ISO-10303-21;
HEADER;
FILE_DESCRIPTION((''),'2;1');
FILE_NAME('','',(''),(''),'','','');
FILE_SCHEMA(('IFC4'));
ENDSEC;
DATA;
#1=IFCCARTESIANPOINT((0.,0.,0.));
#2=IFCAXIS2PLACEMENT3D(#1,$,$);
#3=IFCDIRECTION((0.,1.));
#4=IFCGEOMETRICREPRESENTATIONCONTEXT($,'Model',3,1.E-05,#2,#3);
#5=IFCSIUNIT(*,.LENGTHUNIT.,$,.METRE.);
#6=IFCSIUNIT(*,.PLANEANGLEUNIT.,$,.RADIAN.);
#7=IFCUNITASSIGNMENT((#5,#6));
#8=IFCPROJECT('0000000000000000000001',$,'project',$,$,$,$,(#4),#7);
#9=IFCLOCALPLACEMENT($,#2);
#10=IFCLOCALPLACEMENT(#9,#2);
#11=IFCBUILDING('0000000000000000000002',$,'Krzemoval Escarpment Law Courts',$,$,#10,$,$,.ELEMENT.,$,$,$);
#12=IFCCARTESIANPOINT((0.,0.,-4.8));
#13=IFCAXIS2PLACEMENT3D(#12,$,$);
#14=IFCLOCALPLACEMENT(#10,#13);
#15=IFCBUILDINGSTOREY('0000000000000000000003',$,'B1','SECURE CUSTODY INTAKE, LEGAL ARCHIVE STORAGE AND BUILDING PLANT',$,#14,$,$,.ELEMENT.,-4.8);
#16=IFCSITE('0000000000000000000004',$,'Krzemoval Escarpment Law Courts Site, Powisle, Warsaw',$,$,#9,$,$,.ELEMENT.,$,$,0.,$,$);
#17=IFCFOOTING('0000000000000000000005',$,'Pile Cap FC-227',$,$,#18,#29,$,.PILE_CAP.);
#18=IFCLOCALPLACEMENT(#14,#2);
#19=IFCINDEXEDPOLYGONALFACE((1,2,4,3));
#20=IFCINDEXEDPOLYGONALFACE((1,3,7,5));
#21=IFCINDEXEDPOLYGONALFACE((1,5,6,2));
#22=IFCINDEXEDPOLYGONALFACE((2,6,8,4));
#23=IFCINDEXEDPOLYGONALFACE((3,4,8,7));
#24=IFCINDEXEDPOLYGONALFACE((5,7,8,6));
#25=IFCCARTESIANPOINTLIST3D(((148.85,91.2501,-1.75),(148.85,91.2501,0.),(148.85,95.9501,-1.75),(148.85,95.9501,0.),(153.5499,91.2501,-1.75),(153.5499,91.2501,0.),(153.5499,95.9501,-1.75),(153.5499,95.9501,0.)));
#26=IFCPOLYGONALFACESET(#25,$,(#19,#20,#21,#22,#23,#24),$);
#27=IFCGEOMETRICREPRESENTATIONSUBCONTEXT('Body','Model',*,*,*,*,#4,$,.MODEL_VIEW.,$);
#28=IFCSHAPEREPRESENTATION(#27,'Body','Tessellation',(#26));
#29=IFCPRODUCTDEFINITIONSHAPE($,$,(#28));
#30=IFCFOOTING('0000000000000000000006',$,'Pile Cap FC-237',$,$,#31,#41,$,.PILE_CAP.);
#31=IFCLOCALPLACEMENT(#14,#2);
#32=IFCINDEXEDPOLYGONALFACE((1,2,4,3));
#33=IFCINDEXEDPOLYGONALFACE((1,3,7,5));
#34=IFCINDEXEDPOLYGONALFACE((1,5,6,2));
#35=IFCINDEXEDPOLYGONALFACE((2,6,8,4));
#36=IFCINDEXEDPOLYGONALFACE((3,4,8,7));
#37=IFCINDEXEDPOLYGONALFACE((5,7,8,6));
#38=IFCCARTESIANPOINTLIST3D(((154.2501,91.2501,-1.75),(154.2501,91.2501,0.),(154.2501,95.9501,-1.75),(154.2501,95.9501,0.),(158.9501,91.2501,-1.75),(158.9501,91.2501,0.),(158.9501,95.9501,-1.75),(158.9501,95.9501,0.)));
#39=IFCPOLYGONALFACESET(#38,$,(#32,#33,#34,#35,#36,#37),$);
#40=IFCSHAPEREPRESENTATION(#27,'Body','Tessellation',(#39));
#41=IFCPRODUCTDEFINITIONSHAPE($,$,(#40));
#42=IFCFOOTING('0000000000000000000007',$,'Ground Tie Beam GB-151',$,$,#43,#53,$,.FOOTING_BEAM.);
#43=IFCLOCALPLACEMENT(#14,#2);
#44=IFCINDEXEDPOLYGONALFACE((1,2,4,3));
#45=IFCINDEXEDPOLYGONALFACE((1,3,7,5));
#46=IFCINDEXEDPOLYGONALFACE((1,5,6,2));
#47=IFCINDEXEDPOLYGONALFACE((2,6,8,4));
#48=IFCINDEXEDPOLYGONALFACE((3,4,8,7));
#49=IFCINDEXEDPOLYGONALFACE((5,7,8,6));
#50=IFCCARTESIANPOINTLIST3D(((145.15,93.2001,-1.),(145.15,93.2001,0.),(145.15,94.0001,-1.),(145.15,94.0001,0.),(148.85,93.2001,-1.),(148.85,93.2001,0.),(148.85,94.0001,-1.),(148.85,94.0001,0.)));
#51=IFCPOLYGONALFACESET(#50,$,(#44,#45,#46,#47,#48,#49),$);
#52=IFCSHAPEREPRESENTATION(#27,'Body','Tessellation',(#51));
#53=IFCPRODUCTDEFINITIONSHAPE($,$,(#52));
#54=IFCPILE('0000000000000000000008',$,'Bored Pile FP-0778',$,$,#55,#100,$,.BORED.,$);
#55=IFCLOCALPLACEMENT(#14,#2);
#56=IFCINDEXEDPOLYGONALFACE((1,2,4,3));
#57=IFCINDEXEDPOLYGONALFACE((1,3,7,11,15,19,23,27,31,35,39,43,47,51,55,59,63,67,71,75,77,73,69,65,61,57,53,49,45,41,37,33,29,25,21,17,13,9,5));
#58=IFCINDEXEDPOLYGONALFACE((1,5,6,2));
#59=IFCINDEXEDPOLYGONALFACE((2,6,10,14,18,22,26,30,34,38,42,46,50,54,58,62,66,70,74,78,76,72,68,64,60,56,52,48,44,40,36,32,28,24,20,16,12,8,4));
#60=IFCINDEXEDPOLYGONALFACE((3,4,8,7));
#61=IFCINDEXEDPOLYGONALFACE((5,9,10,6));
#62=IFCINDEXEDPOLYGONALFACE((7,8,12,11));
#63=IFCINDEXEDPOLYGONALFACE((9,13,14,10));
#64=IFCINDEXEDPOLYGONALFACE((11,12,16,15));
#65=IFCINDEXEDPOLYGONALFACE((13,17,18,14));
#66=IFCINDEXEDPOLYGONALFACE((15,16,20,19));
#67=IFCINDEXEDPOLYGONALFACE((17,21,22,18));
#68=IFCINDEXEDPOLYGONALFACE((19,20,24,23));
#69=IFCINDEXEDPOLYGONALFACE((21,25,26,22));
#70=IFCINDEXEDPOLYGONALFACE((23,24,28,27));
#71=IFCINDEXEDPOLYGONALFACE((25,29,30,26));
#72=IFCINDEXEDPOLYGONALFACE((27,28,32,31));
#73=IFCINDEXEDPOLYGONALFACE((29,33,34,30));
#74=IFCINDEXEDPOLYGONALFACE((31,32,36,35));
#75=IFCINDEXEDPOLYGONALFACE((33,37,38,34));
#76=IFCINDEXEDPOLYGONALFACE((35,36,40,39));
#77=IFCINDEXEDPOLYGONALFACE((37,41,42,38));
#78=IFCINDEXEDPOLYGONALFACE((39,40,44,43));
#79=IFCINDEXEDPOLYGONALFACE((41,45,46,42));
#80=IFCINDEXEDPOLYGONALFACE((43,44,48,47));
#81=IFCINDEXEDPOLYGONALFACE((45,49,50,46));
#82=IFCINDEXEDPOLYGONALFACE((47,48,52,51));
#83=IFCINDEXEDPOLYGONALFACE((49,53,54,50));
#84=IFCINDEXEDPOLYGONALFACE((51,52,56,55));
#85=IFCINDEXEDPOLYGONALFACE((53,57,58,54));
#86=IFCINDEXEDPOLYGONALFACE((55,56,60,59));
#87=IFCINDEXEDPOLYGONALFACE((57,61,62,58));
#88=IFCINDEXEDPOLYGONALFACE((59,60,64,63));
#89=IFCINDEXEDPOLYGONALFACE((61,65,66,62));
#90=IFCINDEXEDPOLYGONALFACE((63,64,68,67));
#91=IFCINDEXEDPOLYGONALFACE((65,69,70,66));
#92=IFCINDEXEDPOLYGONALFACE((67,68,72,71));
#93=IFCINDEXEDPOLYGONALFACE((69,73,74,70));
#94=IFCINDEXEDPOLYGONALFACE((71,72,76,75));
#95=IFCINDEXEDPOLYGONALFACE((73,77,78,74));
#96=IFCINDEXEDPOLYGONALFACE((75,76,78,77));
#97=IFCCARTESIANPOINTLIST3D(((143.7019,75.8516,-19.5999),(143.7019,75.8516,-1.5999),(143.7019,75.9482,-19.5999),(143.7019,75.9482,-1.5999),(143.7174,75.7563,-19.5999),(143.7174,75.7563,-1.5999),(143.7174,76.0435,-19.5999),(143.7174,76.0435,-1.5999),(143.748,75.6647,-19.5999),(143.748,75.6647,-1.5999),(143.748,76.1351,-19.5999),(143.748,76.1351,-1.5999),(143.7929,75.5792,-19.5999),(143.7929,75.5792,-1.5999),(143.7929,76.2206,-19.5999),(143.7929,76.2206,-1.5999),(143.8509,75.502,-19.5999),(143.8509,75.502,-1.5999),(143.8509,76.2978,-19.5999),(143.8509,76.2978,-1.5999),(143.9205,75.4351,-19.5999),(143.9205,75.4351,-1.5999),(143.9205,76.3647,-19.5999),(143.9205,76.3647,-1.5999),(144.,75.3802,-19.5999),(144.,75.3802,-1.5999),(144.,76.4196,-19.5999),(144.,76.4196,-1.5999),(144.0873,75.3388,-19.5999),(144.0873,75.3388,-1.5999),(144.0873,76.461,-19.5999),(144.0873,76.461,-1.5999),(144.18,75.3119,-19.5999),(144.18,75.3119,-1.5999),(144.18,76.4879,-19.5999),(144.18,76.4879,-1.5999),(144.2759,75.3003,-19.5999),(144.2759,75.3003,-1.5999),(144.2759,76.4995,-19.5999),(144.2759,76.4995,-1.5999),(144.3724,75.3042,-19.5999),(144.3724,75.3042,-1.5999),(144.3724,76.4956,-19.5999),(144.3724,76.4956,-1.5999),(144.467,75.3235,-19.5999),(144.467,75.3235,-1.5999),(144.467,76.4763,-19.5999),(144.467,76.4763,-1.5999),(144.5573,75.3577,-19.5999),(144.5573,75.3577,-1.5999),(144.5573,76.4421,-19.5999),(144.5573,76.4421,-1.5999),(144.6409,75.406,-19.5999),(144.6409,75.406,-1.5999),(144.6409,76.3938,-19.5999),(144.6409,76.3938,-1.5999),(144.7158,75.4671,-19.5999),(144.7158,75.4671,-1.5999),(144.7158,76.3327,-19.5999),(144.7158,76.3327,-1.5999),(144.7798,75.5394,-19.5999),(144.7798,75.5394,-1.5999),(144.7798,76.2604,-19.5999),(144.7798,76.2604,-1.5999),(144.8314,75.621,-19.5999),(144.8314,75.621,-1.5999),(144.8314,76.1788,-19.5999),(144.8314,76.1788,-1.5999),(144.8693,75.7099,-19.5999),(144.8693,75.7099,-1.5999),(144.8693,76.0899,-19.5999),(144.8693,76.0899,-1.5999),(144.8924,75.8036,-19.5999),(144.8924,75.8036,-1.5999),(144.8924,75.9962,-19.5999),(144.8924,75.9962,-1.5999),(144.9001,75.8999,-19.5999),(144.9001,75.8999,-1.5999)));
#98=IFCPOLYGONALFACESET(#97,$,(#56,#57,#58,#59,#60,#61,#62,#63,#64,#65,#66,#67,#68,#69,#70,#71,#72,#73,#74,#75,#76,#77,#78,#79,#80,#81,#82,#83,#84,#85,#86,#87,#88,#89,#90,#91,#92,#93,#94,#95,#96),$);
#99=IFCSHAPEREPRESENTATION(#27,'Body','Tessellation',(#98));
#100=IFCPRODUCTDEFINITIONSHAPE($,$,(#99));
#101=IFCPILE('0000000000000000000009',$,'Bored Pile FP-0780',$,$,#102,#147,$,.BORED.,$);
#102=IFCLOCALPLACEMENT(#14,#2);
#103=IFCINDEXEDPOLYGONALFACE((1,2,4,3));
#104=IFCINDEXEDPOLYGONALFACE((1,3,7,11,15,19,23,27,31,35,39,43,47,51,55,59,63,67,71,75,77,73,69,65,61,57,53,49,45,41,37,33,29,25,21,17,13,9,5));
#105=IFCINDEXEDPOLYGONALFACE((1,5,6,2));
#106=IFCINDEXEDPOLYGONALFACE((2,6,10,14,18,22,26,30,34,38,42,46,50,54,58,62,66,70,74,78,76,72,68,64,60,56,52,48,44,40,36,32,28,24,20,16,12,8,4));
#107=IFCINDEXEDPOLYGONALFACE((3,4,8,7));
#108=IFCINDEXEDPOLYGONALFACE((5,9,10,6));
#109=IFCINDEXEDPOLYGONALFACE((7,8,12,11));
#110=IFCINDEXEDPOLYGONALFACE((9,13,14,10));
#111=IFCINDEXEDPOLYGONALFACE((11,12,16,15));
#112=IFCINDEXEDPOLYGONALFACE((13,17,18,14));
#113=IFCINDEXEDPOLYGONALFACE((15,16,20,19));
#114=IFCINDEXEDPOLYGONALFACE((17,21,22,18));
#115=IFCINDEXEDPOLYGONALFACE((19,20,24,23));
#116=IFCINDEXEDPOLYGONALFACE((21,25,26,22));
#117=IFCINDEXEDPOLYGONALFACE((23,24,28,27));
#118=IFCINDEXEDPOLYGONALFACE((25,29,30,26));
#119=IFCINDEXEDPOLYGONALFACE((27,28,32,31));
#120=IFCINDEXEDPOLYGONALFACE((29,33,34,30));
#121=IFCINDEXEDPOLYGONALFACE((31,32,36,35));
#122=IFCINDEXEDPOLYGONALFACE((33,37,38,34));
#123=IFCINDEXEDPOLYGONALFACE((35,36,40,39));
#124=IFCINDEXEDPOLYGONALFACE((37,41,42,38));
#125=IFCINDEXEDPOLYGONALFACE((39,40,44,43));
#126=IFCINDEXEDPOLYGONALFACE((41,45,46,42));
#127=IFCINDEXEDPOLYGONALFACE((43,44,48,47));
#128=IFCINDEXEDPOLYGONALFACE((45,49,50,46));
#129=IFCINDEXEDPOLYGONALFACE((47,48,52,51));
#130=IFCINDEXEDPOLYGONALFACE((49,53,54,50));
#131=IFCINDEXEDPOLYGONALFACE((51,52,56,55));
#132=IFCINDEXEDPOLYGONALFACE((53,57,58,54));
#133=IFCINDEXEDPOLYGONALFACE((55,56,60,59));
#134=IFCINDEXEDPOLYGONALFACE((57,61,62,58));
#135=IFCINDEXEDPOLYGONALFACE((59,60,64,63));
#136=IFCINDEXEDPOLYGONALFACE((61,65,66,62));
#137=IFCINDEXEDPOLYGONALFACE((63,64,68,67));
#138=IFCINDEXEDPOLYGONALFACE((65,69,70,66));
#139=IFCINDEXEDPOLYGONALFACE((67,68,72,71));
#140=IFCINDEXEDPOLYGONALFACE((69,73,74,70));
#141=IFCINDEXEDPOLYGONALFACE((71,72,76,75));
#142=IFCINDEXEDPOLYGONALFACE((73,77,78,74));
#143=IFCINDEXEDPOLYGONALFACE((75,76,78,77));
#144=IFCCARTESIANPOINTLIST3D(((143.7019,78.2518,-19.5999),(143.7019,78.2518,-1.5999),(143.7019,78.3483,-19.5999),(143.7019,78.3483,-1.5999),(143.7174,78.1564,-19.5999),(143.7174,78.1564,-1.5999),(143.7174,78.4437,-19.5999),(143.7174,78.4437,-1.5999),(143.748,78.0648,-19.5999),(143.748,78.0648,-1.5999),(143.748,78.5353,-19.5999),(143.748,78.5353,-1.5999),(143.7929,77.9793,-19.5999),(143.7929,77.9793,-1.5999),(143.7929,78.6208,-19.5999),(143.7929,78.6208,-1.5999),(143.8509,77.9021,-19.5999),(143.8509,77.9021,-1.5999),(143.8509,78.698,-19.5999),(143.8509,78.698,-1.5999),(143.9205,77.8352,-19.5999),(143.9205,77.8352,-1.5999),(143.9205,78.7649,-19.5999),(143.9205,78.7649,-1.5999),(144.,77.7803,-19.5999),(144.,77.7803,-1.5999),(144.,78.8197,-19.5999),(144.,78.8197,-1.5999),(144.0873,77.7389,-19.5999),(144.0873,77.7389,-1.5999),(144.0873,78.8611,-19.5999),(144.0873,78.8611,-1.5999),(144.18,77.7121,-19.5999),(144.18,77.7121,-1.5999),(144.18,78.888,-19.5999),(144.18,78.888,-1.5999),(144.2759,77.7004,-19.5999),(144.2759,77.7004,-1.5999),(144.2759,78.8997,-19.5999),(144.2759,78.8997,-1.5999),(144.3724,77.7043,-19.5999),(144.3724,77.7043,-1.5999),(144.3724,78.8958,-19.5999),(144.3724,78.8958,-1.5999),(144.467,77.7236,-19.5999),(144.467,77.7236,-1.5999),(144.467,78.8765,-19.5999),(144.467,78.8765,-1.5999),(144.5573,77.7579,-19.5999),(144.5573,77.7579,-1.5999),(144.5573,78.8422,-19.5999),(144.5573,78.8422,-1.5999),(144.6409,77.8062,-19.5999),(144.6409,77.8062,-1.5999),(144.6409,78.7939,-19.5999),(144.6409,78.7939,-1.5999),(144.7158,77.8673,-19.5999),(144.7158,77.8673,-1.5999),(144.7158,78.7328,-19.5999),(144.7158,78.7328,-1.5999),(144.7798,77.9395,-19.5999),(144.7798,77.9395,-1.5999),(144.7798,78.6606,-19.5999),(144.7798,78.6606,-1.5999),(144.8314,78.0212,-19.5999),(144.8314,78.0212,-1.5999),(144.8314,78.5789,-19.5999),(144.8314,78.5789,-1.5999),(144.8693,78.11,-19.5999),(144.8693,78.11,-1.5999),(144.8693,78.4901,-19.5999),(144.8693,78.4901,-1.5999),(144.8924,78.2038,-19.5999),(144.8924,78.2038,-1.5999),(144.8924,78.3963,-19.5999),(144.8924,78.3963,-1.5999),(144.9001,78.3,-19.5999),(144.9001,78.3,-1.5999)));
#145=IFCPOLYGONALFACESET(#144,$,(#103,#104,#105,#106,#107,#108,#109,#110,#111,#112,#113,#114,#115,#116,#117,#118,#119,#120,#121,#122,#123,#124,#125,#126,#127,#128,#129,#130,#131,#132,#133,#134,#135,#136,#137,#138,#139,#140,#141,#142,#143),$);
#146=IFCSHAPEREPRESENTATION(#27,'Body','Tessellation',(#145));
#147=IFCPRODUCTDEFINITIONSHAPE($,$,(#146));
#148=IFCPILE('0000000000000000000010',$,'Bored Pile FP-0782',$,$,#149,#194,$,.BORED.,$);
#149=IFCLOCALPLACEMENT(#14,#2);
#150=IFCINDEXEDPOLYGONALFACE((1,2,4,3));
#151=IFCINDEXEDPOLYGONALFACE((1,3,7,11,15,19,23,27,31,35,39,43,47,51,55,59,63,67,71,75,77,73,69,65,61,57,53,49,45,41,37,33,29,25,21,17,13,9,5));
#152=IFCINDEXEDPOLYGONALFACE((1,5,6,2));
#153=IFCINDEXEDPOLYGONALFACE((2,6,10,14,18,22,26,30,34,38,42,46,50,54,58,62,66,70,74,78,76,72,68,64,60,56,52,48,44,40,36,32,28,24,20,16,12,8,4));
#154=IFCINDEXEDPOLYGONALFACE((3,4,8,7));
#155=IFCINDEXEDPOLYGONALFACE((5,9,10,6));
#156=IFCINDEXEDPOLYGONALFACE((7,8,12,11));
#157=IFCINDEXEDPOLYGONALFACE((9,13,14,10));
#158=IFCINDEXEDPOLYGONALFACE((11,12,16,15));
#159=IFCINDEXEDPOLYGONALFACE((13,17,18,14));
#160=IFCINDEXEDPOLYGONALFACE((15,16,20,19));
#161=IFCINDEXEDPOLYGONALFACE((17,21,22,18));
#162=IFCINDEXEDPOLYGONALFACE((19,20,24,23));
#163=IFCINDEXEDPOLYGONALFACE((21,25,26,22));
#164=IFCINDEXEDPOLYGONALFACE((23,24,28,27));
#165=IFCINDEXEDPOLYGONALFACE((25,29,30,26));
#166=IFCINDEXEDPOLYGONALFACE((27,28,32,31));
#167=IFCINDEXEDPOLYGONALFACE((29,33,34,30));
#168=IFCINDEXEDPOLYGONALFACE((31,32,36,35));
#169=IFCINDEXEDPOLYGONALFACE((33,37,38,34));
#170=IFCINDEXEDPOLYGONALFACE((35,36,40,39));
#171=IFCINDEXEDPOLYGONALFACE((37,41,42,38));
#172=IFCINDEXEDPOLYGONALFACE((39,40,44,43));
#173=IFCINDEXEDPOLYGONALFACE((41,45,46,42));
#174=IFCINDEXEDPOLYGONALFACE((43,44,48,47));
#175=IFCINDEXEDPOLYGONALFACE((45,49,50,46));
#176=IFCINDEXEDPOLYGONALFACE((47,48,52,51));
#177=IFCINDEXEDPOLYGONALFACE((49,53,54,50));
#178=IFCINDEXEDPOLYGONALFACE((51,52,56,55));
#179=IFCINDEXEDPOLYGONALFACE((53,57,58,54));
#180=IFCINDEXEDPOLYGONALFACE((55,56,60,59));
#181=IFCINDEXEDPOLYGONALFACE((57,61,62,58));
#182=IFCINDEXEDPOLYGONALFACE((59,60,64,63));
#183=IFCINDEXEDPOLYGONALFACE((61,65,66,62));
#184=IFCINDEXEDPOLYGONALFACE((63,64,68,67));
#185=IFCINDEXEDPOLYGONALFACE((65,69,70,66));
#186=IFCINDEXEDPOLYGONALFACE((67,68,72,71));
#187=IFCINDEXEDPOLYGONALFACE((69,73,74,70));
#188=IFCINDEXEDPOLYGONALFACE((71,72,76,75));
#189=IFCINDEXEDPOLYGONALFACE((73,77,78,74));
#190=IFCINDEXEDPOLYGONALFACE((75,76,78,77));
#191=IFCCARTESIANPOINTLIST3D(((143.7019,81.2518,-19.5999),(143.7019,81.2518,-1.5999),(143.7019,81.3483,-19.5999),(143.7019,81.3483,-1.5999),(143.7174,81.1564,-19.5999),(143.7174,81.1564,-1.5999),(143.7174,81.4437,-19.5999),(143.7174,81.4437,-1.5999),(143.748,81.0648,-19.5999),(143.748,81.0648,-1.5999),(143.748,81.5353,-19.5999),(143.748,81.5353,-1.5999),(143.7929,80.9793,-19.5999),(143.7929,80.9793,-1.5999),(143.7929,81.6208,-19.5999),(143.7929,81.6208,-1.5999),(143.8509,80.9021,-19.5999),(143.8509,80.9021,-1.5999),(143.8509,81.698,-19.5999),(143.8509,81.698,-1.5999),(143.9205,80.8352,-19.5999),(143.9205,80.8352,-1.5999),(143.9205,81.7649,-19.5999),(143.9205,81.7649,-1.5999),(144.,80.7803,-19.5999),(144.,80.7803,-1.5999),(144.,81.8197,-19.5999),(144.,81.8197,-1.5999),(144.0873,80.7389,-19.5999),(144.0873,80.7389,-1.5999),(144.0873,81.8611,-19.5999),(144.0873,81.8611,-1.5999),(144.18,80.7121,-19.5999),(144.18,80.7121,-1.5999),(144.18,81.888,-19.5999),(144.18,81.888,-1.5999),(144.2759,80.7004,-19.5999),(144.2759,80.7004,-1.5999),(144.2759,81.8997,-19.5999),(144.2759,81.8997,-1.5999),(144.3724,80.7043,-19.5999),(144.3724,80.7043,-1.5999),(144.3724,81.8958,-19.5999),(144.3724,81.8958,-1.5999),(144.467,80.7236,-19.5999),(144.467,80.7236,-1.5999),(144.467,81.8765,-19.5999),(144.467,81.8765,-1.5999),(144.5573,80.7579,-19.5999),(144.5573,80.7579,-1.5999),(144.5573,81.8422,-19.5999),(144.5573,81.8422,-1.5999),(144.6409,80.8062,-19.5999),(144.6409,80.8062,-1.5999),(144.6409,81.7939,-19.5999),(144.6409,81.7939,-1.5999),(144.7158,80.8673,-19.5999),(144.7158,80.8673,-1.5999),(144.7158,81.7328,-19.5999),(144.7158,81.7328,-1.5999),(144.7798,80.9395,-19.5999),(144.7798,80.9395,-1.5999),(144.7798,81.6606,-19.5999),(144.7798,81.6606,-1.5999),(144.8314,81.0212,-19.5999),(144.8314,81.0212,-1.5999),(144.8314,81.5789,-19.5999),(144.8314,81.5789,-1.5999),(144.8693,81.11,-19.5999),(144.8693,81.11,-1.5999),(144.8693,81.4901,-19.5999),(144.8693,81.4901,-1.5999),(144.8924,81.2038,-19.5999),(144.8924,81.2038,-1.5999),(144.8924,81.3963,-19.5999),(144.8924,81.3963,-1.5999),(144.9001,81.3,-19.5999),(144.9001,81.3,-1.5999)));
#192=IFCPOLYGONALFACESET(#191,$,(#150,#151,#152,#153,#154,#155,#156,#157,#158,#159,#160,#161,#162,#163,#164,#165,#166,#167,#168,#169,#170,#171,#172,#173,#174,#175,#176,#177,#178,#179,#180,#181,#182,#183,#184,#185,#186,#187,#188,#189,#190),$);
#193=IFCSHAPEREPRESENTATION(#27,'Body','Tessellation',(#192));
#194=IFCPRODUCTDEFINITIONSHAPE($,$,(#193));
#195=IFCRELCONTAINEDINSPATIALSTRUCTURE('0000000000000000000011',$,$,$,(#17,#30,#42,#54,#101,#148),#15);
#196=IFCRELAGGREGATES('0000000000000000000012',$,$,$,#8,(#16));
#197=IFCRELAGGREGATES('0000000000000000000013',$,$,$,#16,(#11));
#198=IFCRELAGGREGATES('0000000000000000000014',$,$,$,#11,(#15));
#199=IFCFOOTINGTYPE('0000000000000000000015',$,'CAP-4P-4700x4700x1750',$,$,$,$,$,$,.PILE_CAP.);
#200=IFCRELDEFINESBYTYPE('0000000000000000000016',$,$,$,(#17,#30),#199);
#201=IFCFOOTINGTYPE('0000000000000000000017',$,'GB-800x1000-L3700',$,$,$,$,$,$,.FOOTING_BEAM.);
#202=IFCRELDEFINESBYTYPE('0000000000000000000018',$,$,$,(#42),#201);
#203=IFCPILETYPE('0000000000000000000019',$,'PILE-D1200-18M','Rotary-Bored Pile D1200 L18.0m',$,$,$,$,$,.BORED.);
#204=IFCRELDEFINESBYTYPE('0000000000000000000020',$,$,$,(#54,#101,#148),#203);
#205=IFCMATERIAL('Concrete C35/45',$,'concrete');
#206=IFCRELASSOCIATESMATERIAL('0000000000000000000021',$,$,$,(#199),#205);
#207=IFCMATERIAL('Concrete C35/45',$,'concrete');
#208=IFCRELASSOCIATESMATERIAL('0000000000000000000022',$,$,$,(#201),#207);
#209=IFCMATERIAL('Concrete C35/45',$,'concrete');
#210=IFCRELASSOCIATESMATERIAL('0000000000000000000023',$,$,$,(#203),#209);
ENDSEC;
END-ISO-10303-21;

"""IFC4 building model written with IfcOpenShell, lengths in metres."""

from ifc_helpers import new_model, si_unit, direction, frame, origin, origin_2d, place, context, subcontext, project, spatial, rectangle, circle, extrude, material, material_profile, profile_set, type_object, element, save


model = new_model("IFC4")

# Units and contexts
model_context = context("Model", 3, precision=1e-05, world=origin(), true_north=direction((0.0, 1.0)))
body_context = subcontext(model_context, "Body", "Model", "MODEL_VIEW")
ifc_project = project(units=[si_unit("LENGTHUNIT", "METRE"), si_unit("PLANEANGLEUNIT", "RADIAN")], contexts=[model_context])

# Site, building, storey
site_placement = place(None, origin())
site = spatial("IfcSite", under=ifc_project, at=site_placement, Name="Krzemoval Escarpment Law Courts Site, Powisle, Warsaw", CompositionType="ELEMENT", RefElevation=0.0)
building_placement = place(site_placement, origin())
building = spatial("IfcBuilding", under=site, at=building_placement, Name="Krzemoval Escarpment Law Courts", CompositionType="ELEMENT")
storey_placement = place(building_placement, frame((0.0, 0.0, -4.8)))
storey = spatial("IfcBuildingStorey", under=building, at=storey_placement, Name="B1", Description="SECURE CUSTODY INTAKE, LEGAL ARCHIVE STORAGE AND BUILDING PLANT", CompositionType="ELEMENT", Elevation=-4.8)

# Footings
ifc_material_1 = material(Name="Concrete C35/45", Category="concrete")
footing_type_1 = type_object("IfcFootingType", Name="CAP-4P-4700x4700x1750", PredefinedType="PILE_CAP", material=ifc_material_1)
for number, where, z_axis, x_axis, name in (
    (1, (151.2, 93.6001, -1.75), (0.0, 0.0, 1.0), (1.0, 0.0, 0.0), "Pile Cap FC-227"),
    (2, (156.6001, 93.6001, -1.75), (0.0, 0.0, 1.0), (1.0, 0.0, 0.0), "Pile Cap FC-237"),
):
    element("IfcFooting", number, at=place(storey_placement, frame(where, z_axis=z_axis, x_axis=x_axis)), inside=storey, type_object=footing_type_1, Name=name, PredefinedType="PILE_CAP", context=body_context, shape_type="SweptSolid", body=[
        extrude(rectangle(XDim=4.7, YDim=4.7, at=origin_2d()), origin(), (0.0, 0.0, 1.0), 1.75),
    ])
ifc_material_2 = material(Name="Concrete C35/45", Category="concrete")
footing_type_2 = type_object("IfcFootingType", Name="GB-800x1000-L3700", PredefinedType="FOOTING_BEAM", material=ifc_material_2)
footing_placement = place(storey_placement, frame((147.0, 93.6001, -1.0), z_axis=(0.0, 0.0, 1.0), x_axis=(1.0, 0.0, 0.0)))
element("IfcFooting", 3, at=footing_placement, inside=storey, type_object=footing_type_2, Name="Ground Tie Beam GB-151", PredefinedType="FOOTING_BEAM", context=body_context, shape_type="SweptSolid", body=[
    extrude(rectangle(XDim=3.7, YDim=0.8, at=origin_2d()), origin(), (0.0, 0.0, 1.0), 1.0),
])

# Piles
ifc_material_3 = material(Name="Concrete C35/45", Category="concrete")
ifc_material_profile_1 = material_profile(ifc_material_3, circle(Radius=0.6001, at=origin_2d()), Name="PILE D1200")
ifc_profile_set_1 = profile_set([ifc_material_profile_1], Name="Concrete C35/45")
pile_type = type_object("IfcPileType", Name="PILE-D1200-18M", Description="Rotary-Bored Pile D1200 L18.0m", PredefinedType="BORED", material=ifc_profile_set_1)
for number, where, z_axis, x_axis, name in (
    (4, (144.3, 75.8999, -1.5999), (0.0, 0.0, -1.0), (1.0, 0.0, 0.0), "Bored Pile FP-0778"),
    (5, (144.3, 78.3, -1.5999), (0.0, 0.0, -1.0), (1.0, 0.0, 0.0), "Bored Pile FP-0780"),
    (6, (144.3, 81.3, -1.5999), (0.0, 0.0, -1.0), (1.0, 0.0, 0.0), "Bored Pile FP-0782"),
):
    element("IfcPile", number, at=place(storey_placement, frame(where, z_axis=z_axis, x_axis=x_axis)), inside=storey, type_object=pile_type, Name=name, PredefinedType="BORED", context=body_context, shape_type="SweptSolid", body=[
        extrude(circle(Radius=0.6001, at=origin_2d()), origin(), (0.0, 0.0, 1.0), 18.0),
    ])

save(model, "model.ifc")
